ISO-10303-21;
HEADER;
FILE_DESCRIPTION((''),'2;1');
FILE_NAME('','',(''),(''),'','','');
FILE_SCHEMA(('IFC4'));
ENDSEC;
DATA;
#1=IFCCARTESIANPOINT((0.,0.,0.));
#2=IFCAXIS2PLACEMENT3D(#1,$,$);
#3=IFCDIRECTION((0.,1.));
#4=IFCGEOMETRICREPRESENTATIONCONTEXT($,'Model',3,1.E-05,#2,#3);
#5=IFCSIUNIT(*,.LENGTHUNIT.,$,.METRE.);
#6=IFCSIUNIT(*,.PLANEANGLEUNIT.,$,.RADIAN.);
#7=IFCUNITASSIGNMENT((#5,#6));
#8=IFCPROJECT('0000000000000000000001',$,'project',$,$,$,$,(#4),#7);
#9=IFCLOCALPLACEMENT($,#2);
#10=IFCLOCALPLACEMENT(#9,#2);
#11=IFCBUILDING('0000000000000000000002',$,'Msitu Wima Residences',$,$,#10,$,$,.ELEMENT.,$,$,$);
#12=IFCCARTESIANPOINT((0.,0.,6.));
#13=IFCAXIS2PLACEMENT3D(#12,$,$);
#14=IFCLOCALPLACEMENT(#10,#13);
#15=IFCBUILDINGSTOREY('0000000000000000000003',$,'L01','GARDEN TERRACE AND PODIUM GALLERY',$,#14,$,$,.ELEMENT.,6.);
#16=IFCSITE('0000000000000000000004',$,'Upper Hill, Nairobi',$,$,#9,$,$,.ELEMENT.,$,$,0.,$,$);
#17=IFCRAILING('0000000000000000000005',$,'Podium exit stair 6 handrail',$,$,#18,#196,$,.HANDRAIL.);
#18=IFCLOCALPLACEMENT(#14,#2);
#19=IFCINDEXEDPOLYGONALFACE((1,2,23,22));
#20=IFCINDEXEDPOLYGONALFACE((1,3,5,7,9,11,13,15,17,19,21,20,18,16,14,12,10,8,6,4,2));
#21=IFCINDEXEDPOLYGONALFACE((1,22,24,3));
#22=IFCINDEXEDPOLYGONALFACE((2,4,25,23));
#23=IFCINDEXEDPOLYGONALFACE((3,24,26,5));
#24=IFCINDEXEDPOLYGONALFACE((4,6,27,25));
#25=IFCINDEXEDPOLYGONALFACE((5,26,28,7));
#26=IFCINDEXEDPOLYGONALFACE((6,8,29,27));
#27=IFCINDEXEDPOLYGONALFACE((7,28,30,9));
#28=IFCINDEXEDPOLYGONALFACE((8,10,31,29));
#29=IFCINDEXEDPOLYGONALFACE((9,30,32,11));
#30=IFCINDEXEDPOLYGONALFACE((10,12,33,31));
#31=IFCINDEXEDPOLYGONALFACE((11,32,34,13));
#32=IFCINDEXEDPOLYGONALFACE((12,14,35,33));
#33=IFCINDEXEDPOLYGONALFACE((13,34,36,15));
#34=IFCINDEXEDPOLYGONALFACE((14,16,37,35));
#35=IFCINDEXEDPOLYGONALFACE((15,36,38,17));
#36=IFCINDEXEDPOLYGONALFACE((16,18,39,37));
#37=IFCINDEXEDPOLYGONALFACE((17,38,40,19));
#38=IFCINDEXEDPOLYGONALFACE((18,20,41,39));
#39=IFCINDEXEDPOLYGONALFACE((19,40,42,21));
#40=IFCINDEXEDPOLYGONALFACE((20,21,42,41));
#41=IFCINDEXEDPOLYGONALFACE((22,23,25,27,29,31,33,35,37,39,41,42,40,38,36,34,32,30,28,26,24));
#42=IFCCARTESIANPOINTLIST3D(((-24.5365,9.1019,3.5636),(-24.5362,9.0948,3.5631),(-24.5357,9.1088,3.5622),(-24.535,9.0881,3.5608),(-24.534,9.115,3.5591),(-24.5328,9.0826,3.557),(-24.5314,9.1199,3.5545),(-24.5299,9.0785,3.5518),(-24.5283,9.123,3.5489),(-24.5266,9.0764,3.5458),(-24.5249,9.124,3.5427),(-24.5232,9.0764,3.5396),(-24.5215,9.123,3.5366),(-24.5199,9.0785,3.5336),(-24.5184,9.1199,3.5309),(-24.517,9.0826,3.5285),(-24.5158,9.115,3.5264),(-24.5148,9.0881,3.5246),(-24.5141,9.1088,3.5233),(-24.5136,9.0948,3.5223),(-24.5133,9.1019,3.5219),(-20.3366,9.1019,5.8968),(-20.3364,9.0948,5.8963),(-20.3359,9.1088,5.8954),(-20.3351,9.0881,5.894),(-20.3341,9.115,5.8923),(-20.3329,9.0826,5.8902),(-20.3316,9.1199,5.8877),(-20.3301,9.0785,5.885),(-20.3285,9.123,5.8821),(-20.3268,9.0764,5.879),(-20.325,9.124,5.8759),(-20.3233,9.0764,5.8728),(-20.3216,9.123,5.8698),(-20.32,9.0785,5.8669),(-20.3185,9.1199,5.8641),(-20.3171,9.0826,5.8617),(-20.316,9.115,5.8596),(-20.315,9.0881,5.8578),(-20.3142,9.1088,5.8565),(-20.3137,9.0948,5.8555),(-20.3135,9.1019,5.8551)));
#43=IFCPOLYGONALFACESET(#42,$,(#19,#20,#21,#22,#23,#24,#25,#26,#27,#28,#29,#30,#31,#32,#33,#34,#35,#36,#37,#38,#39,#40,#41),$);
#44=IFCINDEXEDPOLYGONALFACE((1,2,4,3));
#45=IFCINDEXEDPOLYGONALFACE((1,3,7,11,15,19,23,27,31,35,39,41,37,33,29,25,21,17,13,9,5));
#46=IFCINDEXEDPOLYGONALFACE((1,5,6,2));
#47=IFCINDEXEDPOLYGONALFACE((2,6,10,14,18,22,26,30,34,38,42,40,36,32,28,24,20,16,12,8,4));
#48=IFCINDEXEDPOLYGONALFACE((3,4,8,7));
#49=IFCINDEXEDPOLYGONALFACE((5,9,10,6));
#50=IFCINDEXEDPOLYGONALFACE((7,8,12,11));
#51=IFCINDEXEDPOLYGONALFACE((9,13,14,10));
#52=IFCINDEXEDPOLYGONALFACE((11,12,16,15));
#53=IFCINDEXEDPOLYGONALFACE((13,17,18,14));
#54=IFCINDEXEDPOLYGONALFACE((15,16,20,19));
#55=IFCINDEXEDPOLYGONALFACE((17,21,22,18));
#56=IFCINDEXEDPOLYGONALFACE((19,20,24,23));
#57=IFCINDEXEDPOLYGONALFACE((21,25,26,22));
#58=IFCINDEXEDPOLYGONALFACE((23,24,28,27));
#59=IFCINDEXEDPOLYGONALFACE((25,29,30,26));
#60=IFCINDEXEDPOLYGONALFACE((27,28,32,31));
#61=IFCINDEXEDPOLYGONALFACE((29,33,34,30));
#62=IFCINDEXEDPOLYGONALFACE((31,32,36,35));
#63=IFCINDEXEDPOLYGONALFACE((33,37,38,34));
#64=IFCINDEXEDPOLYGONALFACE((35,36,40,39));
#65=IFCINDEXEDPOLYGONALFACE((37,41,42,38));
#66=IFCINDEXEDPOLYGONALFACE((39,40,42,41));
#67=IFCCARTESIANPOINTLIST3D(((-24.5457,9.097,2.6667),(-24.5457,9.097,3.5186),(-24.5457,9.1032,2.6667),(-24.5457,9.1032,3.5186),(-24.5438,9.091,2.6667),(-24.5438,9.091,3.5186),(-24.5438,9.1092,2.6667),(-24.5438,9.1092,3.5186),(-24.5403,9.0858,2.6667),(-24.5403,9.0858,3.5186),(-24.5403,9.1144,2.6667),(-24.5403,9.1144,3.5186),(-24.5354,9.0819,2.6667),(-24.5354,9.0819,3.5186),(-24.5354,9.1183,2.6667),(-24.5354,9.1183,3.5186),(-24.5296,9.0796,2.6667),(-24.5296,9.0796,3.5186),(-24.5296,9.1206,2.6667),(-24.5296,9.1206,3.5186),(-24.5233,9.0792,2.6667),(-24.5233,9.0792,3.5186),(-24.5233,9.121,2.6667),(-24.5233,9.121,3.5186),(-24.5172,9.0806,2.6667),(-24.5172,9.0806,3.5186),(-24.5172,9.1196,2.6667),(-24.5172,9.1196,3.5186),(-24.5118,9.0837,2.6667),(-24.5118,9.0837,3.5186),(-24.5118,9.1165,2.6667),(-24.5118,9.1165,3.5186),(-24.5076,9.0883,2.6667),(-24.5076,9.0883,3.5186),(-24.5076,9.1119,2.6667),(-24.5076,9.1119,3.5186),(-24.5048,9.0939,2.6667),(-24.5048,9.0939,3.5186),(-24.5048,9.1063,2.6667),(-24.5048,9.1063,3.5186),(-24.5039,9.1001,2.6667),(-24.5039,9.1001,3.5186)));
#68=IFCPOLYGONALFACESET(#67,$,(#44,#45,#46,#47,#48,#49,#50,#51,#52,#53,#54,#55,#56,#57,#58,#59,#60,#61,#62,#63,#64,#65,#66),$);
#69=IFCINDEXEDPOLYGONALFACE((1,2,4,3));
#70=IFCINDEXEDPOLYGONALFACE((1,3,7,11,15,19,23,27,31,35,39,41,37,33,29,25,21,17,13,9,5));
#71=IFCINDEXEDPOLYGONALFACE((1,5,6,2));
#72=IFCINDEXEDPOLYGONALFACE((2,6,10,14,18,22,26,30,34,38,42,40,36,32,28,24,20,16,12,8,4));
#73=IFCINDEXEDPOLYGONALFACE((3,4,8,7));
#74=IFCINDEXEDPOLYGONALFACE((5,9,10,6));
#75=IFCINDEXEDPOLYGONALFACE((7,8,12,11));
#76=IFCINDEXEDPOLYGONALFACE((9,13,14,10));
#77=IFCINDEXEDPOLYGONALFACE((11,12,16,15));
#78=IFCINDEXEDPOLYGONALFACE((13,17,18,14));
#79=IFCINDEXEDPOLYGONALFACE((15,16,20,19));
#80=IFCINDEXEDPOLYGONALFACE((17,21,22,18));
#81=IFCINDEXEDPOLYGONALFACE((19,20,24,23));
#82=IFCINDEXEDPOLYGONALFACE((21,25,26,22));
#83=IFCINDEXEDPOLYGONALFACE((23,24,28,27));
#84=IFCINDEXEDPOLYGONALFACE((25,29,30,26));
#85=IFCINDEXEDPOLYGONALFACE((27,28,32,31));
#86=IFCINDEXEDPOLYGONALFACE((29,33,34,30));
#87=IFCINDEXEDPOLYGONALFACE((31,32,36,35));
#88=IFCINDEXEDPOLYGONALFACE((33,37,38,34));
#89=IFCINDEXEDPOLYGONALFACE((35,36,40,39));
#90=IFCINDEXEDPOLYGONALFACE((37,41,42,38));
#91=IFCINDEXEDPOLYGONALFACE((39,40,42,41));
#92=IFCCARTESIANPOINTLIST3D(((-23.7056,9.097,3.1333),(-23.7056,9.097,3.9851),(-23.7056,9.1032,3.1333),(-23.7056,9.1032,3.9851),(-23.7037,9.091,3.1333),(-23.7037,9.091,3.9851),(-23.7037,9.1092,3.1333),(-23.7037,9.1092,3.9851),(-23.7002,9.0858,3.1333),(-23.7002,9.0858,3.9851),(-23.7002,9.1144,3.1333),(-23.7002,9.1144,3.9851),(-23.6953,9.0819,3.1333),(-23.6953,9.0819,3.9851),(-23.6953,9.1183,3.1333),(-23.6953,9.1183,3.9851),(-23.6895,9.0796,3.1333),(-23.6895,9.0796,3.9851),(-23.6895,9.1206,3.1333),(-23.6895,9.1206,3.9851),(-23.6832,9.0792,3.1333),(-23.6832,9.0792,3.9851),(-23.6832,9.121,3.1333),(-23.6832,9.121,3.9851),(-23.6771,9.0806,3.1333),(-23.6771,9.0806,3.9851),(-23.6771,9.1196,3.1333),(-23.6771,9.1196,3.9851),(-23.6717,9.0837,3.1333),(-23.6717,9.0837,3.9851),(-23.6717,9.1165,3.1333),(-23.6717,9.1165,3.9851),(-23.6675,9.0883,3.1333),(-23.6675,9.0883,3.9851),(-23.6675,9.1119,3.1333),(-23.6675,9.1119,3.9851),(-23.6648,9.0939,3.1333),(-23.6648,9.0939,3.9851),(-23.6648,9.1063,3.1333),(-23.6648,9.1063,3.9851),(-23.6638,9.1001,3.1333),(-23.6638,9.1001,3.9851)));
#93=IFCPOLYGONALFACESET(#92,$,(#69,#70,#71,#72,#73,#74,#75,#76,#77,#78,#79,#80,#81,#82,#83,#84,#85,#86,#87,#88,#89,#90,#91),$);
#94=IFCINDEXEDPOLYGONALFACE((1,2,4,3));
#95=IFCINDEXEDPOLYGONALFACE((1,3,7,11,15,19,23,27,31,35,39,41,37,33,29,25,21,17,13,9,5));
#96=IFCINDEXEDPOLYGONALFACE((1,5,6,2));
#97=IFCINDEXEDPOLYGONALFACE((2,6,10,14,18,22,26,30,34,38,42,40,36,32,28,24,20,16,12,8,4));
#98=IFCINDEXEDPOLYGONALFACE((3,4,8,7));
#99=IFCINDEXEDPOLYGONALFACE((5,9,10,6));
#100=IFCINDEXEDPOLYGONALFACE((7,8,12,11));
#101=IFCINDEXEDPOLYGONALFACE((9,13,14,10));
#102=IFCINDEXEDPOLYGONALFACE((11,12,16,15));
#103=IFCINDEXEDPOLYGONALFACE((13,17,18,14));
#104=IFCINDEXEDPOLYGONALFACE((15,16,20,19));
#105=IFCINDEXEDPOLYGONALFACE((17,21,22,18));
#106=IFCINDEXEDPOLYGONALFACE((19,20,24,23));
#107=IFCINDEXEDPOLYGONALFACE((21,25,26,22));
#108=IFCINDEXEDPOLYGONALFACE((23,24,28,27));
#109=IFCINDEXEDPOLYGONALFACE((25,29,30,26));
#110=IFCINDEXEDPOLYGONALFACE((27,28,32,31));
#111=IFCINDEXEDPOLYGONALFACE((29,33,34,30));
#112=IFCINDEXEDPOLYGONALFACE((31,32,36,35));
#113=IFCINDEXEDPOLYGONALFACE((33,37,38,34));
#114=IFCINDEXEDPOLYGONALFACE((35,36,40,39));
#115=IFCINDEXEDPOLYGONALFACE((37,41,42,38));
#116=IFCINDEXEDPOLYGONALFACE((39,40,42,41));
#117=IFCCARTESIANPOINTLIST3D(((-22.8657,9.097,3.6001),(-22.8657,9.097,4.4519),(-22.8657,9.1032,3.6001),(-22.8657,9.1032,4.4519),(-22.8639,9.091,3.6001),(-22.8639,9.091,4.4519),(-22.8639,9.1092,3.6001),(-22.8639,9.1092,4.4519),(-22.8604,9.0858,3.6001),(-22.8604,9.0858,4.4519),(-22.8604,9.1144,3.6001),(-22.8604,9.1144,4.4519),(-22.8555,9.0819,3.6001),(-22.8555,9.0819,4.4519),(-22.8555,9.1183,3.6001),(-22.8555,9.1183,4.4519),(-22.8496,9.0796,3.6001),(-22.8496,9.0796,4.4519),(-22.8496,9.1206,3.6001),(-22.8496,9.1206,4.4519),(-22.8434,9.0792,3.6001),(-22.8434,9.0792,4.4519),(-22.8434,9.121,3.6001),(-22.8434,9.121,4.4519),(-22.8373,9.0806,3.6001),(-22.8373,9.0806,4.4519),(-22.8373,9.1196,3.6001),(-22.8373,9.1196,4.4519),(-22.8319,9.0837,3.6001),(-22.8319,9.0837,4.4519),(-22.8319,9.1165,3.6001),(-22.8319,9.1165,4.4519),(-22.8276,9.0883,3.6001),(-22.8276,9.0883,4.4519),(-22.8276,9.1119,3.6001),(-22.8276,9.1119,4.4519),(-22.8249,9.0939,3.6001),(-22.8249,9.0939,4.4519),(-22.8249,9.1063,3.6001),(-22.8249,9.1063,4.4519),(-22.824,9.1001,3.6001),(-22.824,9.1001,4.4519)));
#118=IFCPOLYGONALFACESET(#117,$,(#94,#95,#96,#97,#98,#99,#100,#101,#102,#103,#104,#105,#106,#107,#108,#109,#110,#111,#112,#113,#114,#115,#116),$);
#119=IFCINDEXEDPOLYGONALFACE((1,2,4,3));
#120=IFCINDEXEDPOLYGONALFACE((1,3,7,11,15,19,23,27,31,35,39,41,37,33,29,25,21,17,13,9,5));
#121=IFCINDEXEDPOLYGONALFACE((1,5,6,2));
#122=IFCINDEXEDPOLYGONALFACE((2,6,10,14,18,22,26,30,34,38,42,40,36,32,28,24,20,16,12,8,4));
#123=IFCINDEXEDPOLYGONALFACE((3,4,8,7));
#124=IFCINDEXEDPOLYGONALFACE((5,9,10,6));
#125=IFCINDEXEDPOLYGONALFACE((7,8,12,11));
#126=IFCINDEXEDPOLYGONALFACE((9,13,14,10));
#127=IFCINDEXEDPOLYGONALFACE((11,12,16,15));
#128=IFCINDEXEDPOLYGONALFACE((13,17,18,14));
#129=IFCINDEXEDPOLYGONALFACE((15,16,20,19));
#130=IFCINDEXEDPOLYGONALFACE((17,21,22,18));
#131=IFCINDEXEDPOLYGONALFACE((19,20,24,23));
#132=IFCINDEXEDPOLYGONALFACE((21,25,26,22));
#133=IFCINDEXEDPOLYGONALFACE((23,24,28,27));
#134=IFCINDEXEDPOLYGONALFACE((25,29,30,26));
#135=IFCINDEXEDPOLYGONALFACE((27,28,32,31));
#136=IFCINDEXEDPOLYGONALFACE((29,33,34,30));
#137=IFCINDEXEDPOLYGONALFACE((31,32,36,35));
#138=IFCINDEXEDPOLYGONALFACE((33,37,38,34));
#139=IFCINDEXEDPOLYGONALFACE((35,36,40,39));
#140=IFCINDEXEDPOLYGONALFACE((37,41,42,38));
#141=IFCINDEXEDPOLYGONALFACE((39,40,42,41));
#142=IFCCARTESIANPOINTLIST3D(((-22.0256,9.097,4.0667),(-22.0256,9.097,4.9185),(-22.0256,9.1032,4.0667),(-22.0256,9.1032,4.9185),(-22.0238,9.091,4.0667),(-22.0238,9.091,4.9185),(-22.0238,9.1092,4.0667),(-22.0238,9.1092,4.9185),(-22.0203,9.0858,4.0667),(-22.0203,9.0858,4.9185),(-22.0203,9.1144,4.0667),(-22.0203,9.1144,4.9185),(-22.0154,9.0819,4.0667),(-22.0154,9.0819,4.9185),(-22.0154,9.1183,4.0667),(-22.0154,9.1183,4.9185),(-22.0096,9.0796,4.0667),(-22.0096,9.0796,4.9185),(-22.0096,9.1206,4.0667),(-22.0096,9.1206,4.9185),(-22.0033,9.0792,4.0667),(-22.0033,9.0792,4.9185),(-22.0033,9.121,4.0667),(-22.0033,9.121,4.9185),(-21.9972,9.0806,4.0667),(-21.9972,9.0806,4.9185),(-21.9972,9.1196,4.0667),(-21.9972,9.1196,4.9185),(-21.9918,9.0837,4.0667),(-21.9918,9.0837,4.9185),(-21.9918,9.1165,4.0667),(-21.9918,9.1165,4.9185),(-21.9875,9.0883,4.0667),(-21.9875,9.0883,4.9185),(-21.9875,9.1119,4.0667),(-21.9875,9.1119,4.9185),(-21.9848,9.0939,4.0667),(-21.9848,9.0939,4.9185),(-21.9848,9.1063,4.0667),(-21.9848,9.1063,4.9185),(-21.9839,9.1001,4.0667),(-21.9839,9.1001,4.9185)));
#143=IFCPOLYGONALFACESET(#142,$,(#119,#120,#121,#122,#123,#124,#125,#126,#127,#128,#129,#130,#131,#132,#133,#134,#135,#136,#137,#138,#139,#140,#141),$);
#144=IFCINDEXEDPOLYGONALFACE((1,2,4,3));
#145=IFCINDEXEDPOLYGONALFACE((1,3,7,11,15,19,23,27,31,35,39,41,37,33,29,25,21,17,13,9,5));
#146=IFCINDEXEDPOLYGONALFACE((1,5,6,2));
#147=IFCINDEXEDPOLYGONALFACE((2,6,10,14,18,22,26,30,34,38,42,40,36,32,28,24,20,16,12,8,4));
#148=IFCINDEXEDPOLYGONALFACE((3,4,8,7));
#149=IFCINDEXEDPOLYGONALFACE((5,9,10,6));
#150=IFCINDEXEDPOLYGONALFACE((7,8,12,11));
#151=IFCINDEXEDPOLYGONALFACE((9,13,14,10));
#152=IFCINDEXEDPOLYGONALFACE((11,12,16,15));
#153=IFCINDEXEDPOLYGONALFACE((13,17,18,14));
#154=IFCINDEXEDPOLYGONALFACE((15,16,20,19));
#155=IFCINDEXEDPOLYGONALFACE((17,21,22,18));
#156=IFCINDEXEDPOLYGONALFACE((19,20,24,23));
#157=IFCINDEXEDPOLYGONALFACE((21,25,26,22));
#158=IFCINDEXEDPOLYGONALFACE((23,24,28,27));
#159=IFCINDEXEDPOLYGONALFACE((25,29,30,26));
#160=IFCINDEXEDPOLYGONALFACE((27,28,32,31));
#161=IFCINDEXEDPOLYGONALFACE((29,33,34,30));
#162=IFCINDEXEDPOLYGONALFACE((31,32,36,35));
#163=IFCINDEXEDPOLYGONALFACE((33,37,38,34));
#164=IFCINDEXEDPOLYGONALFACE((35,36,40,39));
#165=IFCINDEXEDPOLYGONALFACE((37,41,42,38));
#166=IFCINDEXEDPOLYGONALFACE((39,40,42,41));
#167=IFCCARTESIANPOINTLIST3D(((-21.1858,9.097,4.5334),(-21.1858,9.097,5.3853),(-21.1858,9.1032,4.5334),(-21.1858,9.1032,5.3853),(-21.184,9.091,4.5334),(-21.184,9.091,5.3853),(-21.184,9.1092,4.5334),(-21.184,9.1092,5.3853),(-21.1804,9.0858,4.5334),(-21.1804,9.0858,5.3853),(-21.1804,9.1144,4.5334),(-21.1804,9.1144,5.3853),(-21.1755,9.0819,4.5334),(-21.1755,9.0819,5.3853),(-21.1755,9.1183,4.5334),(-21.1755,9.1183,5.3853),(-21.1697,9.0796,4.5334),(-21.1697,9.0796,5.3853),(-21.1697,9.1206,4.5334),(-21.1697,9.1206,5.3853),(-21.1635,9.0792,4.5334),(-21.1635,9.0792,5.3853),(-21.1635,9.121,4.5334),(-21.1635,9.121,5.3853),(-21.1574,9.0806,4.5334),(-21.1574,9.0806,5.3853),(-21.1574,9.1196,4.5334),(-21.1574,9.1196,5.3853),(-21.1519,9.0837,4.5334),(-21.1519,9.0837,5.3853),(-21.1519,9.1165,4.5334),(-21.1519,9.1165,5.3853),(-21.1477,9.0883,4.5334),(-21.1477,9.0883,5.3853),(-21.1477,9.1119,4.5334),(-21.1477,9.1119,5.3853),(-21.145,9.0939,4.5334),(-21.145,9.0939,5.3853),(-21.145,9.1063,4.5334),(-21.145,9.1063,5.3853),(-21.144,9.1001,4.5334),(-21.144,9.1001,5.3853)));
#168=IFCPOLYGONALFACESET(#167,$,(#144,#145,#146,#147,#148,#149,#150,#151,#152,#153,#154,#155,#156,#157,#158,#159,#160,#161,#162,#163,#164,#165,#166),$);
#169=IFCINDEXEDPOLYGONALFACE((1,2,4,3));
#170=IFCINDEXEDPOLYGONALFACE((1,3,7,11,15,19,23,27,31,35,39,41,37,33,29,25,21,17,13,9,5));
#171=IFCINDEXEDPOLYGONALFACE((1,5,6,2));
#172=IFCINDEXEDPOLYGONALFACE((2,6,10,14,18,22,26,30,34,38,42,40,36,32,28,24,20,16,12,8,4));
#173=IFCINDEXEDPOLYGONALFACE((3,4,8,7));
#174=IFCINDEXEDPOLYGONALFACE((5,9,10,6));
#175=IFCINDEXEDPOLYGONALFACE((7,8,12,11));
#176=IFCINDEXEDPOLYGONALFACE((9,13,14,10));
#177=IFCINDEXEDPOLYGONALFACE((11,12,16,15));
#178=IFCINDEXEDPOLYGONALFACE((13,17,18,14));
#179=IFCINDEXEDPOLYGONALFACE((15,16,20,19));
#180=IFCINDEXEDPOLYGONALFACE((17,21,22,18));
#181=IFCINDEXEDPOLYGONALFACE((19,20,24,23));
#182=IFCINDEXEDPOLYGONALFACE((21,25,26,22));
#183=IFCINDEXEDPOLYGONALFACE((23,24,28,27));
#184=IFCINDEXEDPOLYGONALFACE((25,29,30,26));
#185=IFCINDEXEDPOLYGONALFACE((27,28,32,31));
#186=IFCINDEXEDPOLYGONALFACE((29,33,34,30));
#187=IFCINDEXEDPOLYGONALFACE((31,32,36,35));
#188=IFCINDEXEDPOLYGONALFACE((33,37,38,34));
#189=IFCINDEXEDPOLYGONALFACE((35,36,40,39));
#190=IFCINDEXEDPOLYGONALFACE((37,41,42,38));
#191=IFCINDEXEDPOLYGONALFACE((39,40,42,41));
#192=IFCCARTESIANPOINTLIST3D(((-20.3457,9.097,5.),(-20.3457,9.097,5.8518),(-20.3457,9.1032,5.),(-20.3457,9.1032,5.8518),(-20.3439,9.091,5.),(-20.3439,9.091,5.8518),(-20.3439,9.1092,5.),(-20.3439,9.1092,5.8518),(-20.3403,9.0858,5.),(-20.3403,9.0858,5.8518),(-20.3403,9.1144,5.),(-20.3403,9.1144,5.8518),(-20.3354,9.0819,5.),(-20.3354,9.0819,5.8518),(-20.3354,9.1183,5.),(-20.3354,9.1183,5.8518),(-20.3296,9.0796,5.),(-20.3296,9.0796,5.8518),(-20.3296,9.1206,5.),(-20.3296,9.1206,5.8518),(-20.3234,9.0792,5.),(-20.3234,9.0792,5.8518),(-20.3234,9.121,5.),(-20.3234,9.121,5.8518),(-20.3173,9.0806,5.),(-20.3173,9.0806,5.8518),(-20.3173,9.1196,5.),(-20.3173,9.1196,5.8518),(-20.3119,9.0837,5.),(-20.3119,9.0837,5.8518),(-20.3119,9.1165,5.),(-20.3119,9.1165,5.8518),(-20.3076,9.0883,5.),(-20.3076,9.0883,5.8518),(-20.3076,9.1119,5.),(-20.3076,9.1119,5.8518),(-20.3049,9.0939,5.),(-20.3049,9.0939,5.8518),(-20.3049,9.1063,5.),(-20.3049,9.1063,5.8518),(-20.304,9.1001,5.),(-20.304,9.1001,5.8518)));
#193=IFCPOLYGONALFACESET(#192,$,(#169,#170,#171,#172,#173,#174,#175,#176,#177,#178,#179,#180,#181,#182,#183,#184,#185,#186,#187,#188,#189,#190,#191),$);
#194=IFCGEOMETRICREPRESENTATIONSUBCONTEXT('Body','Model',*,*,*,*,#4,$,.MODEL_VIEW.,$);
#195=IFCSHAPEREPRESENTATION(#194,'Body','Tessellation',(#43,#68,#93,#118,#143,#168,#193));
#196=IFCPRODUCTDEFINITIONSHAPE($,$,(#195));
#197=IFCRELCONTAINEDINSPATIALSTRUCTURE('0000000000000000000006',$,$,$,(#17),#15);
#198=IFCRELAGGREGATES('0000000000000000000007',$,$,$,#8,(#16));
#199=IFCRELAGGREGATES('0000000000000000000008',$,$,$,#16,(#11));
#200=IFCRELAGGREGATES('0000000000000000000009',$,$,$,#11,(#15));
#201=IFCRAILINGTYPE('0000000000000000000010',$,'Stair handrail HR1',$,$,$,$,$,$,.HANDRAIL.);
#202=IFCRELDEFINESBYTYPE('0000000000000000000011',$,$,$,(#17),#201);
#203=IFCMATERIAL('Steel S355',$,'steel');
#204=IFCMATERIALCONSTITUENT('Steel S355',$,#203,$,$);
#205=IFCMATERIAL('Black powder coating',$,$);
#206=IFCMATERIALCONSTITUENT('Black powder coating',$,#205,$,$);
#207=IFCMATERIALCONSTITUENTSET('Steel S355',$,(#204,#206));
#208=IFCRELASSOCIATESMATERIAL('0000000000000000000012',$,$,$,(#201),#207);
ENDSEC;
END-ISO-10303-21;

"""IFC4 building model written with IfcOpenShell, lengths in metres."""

from ifc_helpers import new_model, si_unit, direction, frame, origin, origin_2d, place, context, subcontext, project, spatial, circle, extrude, material, constituent, constituent_set, type_object, element, save


model = new_model("IFC4")

# Units and contexts
model_context = context("Model", 3, precision=1e-05, world=origin(), true_north=direction((0.0, 1.0)))
body_context = subcontext(model_context, "Body", "Model", "MODEL_VIEW")
ifc_project = project(units=[si_unit("LENGTHUNIT", "METRE"), si_unit("PLANEANGLEUNIT", "RADIAN")], contexts=[model_context])

# Site, building, storey
site_placement = place(None, origin())
site = spatial("IfcSite", under=ifc_project, at=site_placement, Name="Upper Hill, Nairobi", CompositionType="ELEMENT", RefElevation=0.0)
building_placement = place(site_placement, origin())
building = spatial("IfcBuilding", under=site, at=building_placement, Name="Msitu Wima Residences", CompositionType="ELEMENT")
storey_placement = place(building_placement, frame((0.0, 0.0, 6.0)))
storey = spatial("IfcBuildingStorey", under=building, at=storey_placement, Name="L01", Description="GARDEN TERRACE AND PODIUM GALLERY", CompositionType="ELEMENT", Elevation=6.0)

# Railing
ifc_material_1 = material(Name="Steel S355", Category="steel")
ifc_constituent_1 = constituent(ifc_material_1, Name="Steel S355")
ifc_material_2 = material(Name="Black powder coating")
ifc_constituent_2 = constituent(ifc_material_2, Name="Black powder coating")
ifc_constituent_set = constituent_set(constituents=[ifc_constituent_1, ifc_constituent_2], Name="Steel S355")
railing_type = type_object("IfcRailingType", Name="Stair handrail HR1", PredefinedType="HANDRAIL", material=ifc_constituent_set)
for number, where, name in (
    (1, (-24.5249, 9.1001, 2.6667), "Podium exit stair 6 handrail"),
):
    element("IfcRailing", number, at=place(storey_placement, frame(where)), inside=storey, type_object=railing_type, Name=name, PredefinedType="HANDRAIL", context=body_context, shape_type="SweptSolid", body=[
        extrude(circle(Radius=0.0239, at=origin_2d()), frame((0.0, 0.0, 0.876), z_axis=(0.874162, 0.0, 0.485634), x_axis=(0.0, 1.0, 0.0)), (0.0, 0.0, 1.0), 4.8044),
        extrude(circle(Radius=0.021, at=origin_2d()), origin(), (0.0, 0.0, 1.0), 0.8518),
        extrude(circle(Radius=0.021, at=origin_2d()), frame((0.8401, 0.0, 0.4666)), (0.0, 0.0, 1.0), 0.8518),
        extrude(circle(Radius=0.021, at=origin_2d()), frame((1.6799, 0.0, 0.9333)), (0.0, 0.0, 1.0), 0.8518),
        extrude(circle(Radius=0.021, at=origin_2d()), frame((2.52, 0.0, 1.3999)), (0.0, 0.0, 1.0), 0.8518),
        extrude(circle(Radius=0.021, at=origin_2d()), frame((3.3599, 0.0, 1.8667)), (0.0, 0.0, 1.0), 0.8518),
        extrude(circle(Radius=0.021, at=origin_2d()), frame((4.2, 0.0, 2.3333)), (0.0, 0.0, 1.0), 0.8518),
    ])

save(model, "model.ifc")
